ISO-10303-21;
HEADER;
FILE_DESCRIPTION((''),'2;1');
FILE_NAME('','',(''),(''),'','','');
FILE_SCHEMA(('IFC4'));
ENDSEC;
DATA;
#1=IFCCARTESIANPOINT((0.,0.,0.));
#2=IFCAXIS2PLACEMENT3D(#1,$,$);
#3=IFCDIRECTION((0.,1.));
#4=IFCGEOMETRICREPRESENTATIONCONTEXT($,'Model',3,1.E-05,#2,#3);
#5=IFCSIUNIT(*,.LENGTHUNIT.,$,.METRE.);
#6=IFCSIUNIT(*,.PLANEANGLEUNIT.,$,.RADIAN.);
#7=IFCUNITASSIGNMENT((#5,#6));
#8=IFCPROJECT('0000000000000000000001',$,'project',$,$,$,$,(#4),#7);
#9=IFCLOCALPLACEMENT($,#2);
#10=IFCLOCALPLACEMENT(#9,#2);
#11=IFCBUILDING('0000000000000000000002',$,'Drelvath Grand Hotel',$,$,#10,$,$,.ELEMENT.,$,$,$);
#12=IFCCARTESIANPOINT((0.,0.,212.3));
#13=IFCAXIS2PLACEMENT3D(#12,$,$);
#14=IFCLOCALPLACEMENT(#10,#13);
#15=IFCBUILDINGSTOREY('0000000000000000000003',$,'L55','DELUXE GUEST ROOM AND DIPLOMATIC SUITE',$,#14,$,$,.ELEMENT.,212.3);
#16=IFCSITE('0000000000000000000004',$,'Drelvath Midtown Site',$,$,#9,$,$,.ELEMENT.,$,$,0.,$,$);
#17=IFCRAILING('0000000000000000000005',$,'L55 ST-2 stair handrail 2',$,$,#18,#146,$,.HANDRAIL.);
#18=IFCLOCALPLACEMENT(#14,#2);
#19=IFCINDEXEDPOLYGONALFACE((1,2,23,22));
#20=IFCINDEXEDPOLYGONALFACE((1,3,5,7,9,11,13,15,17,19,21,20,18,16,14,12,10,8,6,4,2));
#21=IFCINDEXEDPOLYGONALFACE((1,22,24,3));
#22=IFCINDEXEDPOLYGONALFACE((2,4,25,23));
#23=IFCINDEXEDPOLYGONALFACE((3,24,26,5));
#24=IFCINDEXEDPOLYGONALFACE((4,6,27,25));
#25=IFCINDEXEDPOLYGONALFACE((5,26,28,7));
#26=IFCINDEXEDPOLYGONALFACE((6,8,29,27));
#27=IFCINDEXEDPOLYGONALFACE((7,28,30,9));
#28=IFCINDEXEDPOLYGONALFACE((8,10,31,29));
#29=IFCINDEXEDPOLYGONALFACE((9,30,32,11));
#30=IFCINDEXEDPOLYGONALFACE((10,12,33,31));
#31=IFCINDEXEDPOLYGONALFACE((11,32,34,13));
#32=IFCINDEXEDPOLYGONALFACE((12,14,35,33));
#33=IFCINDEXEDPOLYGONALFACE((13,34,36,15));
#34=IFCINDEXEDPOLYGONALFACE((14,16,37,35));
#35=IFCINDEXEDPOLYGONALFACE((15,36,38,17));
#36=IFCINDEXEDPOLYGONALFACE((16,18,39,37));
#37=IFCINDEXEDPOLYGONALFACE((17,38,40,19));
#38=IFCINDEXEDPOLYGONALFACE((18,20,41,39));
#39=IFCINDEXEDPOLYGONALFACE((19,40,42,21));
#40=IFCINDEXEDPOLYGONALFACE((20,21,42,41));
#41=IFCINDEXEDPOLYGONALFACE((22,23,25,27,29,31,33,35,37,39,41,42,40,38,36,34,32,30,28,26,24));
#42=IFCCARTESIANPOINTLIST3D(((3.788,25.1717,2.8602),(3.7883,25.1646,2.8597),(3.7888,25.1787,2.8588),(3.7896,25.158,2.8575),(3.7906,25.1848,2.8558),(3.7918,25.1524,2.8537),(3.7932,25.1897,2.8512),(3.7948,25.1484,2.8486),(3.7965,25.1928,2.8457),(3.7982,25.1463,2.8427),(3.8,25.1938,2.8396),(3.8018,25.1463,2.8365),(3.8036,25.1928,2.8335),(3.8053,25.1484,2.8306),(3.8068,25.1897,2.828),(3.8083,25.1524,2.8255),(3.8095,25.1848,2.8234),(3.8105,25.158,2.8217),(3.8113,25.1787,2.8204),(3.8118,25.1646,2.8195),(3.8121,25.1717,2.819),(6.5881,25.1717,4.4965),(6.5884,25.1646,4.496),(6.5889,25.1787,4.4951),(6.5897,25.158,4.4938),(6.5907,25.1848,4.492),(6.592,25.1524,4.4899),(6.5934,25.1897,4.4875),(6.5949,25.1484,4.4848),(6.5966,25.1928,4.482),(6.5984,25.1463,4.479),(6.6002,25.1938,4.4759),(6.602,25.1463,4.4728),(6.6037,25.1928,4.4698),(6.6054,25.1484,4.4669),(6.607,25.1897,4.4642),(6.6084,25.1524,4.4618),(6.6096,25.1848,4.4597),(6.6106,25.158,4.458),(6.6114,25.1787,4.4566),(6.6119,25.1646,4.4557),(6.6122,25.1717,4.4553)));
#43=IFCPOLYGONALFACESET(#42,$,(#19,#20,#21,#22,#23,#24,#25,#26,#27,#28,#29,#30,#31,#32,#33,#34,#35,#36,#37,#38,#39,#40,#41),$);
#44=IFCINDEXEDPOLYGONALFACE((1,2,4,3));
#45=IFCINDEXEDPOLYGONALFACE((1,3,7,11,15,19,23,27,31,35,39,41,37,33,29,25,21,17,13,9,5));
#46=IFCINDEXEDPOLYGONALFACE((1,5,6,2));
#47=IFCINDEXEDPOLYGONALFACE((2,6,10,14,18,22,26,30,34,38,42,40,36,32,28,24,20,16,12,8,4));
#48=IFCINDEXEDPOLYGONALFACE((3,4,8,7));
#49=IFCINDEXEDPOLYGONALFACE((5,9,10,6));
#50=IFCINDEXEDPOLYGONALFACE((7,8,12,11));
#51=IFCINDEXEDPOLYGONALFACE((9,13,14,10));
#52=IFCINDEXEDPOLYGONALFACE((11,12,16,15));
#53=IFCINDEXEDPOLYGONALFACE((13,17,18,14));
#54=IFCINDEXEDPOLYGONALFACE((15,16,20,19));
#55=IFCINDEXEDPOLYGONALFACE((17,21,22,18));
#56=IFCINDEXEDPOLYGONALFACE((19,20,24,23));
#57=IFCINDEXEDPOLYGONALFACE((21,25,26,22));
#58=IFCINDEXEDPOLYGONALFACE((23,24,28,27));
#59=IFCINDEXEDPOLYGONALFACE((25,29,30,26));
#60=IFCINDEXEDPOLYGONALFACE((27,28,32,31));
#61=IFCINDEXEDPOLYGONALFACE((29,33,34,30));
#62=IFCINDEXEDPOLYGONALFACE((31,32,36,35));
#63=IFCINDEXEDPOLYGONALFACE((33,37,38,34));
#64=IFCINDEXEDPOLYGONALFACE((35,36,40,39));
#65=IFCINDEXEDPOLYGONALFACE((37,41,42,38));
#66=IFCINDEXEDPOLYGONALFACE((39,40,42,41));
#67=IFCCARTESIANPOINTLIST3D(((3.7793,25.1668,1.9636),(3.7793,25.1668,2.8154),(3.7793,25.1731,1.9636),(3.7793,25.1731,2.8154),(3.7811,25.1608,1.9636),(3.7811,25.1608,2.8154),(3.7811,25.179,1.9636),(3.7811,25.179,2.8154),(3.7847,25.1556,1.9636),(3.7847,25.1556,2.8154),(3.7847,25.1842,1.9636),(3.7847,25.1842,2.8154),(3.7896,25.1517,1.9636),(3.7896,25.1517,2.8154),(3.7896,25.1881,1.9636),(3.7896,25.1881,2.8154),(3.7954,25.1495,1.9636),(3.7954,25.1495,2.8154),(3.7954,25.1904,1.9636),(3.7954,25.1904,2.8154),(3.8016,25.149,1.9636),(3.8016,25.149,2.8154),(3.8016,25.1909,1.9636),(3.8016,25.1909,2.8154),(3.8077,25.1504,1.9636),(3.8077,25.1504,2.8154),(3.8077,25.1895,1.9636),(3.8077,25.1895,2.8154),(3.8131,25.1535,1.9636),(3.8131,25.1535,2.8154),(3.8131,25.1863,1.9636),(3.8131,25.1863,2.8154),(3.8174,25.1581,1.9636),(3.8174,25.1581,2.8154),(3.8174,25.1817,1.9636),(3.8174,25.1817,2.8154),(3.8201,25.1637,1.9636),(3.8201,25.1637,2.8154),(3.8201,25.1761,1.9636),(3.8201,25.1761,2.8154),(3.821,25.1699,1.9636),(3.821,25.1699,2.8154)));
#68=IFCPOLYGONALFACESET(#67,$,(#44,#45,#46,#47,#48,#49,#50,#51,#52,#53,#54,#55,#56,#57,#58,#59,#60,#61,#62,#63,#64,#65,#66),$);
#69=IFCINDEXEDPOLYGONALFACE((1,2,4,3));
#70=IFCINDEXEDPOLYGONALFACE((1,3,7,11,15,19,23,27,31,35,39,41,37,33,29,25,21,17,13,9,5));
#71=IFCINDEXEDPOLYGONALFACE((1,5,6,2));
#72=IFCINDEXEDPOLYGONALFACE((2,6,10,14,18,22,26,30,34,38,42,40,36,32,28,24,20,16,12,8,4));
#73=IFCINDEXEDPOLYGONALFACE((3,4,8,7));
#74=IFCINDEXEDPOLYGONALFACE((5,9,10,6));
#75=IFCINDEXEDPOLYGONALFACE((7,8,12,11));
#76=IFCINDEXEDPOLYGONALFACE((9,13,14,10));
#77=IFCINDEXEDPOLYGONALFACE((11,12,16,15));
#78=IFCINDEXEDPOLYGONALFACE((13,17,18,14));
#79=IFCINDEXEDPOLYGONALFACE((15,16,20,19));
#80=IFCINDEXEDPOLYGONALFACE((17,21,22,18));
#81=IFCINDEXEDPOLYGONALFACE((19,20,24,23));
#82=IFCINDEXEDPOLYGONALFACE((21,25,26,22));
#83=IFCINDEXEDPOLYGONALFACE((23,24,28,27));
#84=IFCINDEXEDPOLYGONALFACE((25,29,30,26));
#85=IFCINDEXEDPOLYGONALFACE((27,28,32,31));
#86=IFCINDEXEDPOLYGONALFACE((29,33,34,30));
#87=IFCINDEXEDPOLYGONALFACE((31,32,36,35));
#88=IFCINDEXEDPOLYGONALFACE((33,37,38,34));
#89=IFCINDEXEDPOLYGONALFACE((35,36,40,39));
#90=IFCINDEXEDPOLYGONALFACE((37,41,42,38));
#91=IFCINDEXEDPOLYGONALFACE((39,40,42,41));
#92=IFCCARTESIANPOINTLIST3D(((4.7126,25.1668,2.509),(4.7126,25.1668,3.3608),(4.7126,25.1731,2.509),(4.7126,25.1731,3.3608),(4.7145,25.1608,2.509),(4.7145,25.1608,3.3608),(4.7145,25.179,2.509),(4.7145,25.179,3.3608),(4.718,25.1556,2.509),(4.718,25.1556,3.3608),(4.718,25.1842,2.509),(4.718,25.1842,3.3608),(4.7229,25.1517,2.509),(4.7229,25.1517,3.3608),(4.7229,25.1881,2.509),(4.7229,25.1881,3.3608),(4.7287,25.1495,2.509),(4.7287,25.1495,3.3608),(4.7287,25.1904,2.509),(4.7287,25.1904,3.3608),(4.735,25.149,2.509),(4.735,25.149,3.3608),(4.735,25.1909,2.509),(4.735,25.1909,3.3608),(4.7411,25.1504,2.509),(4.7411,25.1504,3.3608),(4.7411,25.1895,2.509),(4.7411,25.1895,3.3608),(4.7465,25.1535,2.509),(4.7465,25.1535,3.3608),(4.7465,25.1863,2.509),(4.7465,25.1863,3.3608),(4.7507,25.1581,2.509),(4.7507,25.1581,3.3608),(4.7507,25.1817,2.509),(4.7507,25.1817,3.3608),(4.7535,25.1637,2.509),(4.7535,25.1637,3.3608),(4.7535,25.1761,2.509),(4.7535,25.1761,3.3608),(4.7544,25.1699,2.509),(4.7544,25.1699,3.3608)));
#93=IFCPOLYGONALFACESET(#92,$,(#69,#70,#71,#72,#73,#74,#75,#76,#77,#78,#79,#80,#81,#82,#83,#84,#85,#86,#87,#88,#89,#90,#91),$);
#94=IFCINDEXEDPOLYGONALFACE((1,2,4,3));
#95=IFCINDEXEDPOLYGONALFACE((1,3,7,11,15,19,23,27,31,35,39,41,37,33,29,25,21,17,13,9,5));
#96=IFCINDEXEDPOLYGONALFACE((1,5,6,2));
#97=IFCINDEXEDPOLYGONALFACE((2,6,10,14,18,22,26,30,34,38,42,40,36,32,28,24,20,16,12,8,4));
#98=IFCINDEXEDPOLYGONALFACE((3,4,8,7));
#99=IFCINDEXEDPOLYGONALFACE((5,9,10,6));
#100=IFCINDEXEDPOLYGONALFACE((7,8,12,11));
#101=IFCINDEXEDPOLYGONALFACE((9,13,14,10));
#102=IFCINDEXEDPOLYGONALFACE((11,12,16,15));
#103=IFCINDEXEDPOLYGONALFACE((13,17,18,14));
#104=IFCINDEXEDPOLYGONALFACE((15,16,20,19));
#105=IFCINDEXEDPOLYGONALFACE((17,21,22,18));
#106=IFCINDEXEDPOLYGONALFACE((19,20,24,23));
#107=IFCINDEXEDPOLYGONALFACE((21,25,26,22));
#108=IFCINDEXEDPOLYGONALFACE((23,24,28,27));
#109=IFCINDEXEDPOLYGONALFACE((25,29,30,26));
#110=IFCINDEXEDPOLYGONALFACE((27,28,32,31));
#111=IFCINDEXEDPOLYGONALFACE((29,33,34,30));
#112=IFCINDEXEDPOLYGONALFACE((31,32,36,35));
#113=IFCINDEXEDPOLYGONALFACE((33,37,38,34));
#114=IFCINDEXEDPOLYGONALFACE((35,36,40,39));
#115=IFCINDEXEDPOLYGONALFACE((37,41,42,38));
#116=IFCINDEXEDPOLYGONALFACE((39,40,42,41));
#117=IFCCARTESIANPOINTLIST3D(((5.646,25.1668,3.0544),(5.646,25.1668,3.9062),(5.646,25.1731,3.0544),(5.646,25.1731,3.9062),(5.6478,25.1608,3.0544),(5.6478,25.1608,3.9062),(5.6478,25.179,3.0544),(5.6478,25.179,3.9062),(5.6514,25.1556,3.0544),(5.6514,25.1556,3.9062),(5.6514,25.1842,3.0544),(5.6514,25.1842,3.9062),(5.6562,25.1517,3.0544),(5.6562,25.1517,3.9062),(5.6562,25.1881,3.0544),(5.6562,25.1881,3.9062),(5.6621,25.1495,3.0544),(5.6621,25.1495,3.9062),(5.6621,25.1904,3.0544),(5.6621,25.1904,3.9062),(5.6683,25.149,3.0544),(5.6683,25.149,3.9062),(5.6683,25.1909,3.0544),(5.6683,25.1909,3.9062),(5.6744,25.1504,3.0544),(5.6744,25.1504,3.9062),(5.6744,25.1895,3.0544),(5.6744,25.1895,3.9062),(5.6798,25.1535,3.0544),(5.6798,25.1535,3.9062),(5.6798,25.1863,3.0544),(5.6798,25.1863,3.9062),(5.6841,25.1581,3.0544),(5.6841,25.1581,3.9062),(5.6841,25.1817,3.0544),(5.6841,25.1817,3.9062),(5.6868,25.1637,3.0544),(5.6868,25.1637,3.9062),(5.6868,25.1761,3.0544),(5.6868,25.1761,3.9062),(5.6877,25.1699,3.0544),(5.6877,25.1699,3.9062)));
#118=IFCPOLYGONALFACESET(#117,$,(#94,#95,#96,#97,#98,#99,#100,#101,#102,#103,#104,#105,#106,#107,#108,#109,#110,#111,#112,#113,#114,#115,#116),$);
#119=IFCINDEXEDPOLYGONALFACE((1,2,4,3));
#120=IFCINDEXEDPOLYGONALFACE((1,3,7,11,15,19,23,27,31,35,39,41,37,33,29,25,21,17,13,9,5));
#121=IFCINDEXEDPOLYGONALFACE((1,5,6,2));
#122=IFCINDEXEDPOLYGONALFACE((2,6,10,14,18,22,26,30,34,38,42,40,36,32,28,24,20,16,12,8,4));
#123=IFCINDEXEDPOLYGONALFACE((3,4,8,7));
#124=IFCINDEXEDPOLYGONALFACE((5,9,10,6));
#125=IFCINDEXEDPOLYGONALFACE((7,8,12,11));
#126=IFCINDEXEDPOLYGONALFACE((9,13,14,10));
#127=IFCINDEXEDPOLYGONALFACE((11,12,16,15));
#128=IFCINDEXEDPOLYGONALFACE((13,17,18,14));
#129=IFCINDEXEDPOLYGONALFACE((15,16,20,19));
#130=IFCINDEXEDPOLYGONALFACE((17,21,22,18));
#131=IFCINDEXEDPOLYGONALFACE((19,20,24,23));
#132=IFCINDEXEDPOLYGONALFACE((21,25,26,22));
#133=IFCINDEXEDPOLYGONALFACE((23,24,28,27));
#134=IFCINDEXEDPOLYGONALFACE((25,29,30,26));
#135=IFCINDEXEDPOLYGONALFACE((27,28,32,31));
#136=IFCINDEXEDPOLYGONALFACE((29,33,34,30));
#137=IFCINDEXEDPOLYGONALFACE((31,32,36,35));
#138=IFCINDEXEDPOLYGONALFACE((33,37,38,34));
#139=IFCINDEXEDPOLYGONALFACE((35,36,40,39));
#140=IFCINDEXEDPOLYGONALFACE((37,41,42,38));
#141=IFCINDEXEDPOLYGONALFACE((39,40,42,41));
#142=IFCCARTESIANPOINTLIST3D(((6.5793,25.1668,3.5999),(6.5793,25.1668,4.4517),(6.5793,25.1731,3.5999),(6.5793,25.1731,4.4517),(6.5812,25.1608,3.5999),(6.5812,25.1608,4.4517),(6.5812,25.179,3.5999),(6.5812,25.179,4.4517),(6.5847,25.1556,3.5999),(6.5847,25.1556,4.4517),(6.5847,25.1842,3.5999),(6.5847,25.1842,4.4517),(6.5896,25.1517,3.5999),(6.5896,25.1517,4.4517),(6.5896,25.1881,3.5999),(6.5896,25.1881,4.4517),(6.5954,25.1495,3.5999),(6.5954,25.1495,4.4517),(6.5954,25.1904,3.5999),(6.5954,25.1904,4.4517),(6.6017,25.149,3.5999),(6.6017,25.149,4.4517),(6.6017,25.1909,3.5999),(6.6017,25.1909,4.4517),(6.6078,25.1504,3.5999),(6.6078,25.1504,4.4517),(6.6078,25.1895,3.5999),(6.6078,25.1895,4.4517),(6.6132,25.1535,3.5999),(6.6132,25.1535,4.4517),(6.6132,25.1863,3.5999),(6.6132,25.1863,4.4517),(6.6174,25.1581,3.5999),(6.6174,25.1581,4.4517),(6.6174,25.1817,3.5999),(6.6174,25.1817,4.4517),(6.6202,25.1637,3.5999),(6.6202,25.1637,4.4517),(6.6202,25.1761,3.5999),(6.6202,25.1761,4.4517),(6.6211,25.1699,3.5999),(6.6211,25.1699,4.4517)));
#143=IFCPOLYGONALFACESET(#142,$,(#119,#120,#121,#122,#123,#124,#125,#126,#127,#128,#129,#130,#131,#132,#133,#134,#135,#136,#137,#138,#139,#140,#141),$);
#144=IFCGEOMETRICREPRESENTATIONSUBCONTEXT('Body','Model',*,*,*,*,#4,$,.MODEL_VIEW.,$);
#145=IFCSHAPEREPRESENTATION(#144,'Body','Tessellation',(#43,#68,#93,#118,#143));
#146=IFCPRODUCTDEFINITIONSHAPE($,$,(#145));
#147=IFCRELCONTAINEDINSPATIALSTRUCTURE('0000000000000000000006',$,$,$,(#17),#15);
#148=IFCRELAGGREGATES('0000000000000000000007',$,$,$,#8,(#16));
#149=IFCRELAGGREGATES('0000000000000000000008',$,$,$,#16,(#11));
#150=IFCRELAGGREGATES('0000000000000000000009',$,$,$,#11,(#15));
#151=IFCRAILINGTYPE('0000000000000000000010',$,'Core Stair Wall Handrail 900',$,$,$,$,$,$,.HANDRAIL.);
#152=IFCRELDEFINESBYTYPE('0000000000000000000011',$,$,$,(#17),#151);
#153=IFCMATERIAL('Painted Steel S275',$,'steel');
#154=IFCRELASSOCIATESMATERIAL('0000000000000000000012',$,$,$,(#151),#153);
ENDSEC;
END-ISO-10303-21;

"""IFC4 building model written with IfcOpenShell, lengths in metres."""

from ifc_helpers import new_model, si_unit, direction, frame, origin, origin_2d, place, context, subcontext, project, spatial, circle, extrude, material, type_object, element, save


model = new_model("IFC4")

# Units and contexts
model_context = context("Model", 3, precision=1e-05, world=origin(), true_north=direction((0.0, 1.0)))
body_context = subcontext(model_context, "Body", "Model", "MODEL_VIEW")
ifc_project = project(units=[si_unit("LENGTHUNIT", "METRE"), si_unit("PLANEANGLEUNIT", "RADIAN")], contexts=[model_context])

# Site, building, storey
site_placement = place(None, origin())
site = spatial("IfcSite", under=ifc_project, at=site_placement, Name="Drelvath Midtown Site", CompositionType="ELEMENT", RefElevation=0.0)
building_placement = place(site_placement, origin())
building = spatial("IfcBuilding", under=site, at=building_placement, Name="Drelvath Grand Hotel", CompositionType="ELEMENT")
storey_placement = place(building_placement, frame((0.0, 0.0, 212.3)))
storey = spatial("IfcBuildingStorey", under=building, at=storey_placement, Name="L55", Description="DELUXE GUEST ROOM AND DIPLOMATIC SUITE", CompositionType="ELEMENT", Elevation=212.3)

# Railing
ifc_material_1 = material(Name="Painted Steel S275", Category="steel")
railing_type_1 = type_object("IfcRailingType", Name="Core Stair Wall Handrail 900", PredefinedType="HANDRAIL", material=ifc_material_1)
railing_1_placement = place(storey_placement, frame((3.8, 25.1699, 1.9636)))
element("IfcRailing", 1, at=railing_1_placement, inside=storey, type_object=railing_type_1, Name="L55 ST-2 stair handrail 2", PredefinedType="HANDRAIL", context=body_context, shape_type="SweptSolid", body=[
    extrude(circle(Radius=0.0239, at=origin_2d()), frame((0.0, 0.0, 0.876), z_axis=(0.863394, 0.0, 0.504531), x_axis=(0.0, 1.0, 0.0)), (0.0, 0.0, 1.0), 3.2432),
    extrude(circle(Radius=0.021, at=origin_2d()), origin(), (0.0, 0.0, 1.0), 0.8518),
    extrude(circle(Radius=0.021, at=origin_2d()), frame((0.9333, 0.0, 0.5454)), (0.0, 0.0, 1.0), 0.8518),
    extrude(circle(Radius=0.021, at=origin_2d()), frame((1.8667, 0.0, 1.0908)), (0.0, 0.0, 1.0), 0.8518),
    extrude(circle(Radius=0.021, at=origin_2d()), frame((2.8, 0.0, 1.6362)), (0.0, 0.0, 1.0), 0.8518),
])

save(model, "model.ifc")
